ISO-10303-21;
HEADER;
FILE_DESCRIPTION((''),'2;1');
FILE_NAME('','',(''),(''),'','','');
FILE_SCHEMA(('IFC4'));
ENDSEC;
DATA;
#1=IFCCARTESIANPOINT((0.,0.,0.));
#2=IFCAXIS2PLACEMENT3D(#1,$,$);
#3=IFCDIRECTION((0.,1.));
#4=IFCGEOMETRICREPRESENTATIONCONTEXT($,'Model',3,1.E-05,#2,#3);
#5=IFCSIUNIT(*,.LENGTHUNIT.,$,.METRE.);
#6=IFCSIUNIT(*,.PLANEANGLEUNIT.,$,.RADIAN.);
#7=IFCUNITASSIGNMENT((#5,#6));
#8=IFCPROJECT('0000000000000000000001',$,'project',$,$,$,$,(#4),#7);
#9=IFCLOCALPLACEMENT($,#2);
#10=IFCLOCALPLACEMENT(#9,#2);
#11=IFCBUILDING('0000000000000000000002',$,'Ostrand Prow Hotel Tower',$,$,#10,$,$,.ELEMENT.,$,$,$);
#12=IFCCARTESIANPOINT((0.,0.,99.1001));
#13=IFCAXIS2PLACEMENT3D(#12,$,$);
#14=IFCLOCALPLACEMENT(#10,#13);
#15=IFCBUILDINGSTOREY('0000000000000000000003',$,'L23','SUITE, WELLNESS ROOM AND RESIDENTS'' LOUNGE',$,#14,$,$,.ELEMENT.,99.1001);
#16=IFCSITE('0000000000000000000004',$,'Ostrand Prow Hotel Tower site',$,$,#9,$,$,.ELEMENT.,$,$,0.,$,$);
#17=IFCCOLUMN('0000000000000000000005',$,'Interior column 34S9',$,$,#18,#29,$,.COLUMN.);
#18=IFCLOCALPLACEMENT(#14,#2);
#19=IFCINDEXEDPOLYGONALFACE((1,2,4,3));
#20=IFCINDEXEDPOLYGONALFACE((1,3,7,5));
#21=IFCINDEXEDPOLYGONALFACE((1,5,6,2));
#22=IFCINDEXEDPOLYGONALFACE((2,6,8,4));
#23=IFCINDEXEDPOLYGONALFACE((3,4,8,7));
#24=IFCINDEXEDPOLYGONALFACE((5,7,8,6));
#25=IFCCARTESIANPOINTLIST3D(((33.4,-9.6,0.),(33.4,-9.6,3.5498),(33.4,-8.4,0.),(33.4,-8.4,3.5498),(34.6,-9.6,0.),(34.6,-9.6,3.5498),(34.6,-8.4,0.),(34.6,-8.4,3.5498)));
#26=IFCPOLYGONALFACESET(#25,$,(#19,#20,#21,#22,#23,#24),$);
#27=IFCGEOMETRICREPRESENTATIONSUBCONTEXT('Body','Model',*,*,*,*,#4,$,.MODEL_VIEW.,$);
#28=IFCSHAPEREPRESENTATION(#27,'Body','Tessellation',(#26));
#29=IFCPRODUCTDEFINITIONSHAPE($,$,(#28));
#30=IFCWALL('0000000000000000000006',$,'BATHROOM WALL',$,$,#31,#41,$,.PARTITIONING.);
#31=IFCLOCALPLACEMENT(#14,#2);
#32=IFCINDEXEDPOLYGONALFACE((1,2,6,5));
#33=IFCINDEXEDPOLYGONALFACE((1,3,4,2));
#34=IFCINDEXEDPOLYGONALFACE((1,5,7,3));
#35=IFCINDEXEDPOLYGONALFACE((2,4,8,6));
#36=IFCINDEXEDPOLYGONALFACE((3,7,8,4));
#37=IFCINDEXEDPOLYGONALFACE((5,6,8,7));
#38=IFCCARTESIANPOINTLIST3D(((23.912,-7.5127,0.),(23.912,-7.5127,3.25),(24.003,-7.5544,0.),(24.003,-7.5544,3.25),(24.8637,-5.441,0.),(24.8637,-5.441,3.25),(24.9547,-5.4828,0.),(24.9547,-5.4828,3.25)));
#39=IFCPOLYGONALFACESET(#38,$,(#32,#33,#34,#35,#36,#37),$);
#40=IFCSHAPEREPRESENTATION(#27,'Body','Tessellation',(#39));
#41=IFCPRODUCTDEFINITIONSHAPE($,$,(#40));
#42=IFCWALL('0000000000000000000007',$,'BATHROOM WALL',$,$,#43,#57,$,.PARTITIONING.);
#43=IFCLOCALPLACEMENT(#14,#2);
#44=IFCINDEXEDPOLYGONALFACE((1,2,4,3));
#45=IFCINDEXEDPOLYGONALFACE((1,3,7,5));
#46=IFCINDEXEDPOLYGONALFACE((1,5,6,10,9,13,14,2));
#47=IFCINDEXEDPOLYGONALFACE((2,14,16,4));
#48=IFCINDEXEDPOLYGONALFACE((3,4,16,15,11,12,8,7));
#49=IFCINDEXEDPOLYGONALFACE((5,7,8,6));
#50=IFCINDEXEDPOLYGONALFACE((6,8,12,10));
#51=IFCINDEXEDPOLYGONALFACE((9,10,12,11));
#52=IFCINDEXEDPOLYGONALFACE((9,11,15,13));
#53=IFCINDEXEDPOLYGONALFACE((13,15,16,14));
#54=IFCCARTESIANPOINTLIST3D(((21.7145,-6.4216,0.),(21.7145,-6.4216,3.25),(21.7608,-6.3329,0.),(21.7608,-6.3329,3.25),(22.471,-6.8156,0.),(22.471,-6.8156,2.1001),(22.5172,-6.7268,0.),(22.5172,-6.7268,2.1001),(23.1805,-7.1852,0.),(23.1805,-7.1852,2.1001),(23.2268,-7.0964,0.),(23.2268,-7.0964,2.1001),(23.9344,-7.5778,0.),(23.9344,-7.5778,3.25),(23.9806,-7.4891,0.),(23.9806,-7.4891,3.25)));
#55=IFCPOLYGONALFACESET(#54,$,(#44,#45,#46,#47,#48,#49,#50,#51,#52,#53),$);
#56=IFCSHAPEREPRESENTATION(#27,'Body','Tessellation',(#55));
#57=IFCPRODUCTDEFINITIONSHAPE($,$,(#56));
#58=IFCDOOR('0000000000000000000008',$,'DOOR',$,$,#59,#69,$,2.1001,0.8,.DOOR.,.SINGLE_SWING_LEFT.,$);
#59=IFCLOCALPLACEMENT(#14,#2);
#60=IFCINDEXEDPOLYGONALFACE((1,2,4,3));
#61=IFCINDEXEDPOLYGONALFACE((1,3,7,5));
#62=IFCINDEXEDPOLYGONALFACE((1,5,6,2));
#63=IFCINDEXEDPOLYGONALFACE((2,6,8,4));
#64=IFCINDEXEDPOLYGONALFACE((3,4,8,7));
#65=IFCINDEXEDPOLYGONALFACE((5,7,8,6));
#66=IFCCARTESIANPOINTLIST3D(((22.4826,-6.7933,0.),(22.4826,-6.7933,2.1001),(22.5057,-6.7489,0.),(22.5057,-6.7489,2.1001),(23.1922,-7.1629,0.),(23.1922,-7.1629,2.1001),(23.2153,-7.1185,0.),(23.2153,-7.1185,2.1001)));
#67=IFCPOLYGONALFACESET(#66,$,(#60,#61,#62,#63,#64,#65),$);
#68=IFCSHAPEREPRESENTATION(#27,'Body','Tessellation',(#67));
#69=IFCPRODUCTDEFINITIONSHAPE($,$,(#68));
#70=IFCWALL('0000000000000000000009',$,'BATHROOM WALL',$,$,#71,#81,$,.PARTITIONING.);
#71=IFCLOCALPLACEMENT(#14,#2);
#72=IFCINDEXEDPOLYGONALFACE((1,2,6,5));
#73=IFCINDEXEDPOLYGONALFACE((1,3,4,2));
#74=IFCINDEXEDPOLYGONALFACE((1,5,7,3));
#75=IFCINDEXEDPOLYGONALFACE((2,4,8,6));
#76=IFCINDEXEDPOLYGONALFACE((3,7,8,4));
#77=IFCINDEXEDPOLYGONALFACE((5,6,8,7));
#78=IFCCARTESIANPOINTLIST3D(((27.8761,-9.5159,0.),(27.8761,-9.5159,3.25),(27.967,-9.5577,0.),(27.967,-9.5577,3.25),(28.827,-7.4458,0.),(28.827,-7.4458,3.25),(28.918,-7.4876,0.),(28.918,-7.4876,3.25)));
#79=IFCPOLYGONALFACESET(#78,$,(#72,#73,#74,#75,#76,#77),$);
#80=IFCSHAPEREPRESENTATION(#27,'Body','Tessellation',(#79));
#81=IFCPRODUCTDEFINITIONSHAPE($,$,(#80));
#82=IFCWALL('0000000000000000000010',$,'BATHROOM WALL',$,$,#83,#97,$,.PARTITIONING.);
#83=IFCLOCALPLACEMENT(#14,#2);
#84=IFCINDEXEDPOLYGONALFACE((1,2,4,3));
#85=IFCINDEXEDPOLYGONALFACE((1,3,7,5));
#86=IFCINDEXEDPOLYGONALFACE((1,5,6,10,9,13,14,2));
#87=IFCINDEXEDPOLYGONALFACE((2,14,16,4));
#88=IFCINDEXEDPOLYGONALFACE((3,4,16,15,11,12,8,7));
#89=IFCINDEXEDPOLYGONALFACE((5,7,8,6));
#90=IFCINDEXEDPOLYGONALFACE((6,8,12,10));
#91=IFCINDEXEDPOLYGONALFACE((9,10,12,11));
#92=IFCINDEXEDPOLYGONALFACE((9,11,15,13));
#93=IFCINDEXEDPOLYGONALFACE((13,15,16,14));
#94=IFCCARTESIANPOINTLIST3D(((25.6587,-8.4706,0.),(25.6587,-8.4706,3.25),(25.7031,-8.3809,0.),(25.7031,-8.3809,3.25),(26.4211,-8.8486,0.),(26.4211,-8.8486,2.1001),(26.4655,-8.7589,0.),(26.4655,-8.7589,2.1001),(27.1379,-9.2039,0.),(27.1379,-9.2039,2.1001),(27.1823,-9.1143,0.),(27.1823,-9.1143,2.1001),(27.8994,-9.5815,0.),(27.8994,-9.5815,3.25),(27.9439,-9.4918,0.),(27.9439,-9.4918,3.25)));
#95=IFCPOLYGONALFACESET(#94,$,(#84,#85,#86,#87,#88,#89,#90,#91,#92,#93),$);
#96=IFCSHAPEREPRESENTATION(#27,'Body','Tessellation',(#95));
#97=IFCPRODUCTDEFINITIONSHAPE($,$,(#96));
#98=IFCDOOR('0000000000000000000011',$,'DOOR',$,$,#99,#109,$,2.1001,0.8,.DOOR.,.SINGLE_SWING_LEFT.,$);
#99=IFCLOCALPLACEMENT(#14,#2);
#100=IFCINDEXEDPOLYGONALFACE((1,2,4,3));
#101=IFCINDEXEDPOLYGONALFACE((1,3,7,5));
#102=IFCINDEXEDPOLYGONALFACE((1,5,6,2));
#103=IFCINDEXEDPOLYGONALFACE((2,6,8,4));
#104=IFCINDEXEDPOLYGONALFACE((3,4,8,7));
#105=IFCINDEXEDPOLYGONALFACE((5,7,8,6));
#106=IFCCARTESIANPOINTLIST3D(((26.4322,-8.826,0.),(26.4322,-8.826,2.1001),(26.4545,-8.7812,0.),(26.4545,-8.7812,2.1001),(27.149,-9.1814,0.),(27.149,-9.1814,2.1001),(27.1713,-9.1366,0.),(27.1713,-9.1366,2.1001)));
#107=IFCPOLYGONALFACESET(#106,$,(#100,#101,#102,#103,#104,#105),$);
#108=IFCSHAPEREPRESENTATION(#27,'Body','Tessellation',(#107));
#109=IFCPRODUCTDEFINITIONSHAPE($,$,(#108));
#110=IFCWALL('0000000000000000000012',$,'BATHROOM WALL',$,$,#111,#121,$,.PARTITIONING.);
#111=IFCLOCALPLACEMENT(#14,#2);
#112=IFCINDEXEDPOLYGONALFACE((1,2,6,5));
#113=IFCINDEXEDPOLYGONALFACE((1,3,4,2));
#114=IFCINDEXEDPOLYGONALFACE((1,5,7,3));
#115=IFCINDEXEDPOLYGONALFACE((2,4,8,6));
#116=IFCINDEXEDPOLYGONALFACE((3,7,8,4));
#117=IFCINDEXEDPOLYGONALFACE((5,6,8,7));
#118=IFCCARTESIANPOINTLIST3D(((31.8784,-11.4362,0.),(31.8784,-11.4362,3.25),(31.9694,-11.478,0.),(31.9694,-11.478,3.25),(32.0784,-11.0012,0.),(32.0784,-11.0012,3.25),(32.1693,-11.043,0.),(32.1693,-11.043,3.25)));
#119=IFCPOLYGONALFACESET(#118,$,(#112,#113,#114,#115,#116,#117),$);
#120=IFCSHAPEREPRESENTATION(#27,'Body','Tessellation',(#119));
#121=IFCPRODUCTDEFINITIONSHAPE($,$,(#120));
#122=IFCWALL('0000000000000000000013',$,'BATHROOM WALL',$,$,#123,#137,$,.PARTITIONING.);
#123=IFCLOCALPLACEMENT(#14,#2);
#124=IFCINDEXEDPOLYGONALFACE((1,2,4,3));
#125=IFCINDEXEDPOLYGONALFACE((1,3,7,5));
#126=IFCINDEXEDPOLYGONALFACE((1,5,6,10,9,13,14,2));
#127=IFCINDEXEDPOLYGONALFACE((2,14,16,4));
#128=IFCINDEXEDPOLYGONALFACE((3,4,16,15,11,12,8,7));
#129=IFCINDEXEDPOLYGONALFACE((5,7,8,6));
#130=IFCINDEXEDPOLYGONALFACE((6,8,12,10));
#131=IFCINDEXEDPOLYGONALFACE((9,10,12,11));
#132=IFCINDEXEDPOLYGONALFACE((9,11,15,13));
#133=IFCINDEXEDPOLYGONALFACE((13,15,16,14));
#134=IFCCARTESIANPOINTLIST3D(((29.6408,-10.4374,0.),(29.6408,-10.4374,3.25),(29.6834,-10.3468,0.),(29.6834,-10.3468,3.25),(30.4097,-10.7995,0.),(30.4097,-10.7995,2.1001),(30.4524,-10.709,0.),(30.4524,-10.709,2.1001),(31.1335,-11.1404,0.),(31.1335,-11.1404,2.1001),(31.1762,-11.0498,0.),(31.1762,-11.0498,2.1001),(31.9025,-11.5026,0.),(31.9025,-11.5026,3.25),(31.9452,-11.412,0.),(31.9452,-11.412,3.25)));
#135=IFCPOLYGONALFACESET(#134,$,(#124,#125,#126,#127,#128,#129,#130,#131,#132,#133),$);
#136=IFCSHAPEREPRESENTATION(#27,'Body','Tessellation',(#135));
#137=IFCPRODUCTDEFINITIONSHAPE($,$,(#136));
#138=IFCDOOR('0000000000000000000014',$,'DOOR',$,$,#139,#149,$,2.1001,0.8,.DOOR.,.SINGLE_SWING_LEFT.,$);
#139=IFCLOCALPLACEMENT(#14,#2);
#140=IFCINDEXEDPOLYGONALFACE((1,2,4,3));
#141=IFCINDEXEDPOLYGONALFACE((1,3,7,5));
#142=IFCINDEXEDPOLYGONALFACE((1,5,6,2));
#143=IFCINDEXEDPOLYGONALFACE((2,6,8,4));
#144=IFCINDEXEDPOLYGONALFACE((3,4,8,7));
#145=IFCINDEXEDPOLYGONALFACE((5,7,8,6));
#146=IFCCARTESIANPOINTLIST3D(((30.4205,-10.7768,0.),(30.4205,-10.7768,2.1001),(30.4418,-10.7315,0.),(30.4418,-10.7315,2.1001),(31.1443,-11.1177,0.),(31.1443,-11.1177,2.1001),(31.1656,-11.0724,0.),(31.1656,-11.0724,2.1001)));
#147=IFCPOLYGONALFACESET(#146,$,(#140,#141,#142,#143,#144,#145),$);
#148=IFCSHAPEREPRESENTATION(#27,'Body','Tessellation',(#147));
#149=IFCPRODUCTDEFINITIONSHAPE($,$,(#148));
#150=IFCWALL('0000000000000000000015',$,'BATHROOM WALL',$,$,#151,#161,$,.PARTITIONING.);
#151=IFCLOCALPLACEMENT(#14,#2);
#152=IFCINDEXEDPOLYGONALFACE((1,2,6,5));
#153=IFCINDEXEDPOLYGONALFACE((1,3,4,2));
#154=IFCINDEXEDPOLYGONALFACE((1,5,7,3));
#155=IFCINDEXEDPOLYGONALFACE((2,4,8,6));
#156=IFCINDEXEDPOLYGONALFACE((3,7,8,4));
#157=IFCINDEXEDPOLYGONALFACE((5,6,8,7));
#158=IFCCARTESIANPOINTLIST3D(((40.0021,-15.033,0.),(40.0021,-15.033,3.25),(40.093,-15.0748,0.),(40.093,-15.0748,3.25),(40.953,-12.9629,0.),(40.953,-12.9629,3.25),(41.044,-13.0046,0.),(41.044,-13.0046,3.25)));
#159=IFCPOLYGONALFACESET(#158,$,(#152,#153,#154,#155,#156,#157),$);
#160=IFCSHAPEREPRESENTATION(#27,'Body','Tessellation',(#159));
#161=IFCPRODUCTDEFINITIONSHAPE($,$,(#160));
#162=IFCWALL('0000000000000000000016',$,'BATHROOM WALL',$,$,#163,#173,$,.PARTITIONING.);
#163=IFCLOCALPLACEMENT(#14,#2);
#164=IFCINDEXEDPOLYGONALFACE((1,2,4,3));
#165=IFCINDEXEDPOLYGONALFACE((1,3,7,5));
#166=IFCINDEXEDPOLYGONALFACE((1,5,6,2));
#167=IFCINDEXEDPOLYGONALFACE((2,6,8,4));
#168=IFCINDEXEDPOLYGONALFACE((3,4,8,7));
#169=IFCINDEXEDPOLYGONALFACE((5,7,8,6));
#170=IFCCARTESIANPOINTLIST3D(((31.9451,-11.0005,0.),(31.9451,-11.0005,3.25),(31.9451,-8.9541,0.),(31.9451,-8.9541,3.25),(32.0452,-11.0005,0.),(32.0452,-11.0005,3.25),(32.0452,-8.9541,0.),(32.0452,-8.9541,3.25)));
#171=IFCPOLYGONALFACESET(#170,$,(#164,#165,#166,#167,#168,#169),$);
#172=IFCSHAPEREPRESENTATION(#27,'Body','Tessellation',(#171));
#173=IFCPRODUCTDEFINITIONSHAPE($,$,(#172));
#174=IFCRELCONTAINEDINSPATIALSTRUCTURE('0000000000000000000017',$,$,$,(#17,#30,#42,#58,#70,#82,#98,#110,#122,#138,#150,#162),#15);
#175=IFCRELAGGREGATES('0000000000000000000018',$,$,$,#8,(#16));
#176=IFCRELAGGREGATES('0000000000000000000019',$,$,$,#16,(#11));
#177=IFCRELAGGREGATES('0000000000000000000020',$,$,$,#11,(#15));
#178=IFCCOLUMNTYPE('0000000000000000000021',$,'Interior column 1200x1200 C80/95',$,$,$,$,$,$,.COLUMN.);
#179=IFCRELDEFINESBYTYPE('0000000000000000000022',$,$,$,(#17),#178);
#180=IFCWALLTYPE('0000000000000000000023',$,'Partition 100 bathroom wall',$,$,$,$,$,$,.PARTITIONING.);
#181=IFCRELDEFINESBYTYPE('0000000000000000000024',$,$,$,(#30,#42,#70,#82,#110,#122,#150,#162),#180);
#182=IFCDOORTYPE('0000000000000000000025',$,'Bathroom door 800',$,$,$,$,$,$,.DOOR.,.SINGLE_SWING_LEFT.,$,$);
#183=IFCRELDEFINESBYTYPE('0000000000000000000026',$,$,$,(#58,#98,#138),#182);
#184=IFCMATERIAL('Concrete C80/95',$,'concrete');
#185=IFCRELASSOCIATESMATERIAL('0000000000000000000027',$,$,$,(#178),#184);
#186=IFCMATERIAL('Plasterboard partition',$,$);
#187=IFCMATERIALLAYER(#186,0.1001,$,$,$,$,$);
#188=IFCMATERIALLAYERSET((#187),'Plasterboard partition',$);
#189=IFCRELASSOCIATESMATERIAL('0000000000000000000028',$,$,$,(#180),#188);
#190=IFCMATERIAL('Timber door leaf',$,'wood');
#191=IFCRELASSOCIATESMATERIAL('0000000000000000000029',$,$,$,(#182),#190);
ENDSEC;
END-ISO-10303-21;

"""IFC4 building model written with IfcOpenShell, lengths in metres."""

from ifc_helpers import new_model, si_unit, direction, frame, frame_2d, origin, origin_2d, place, context, subcontext, project, spatial, rectangle, extrude, material, layer, layer_set, material_profile, profile_set, type_object, element, fill, save


model = new_model("IFC4")

# Units and contexts
model_context = context("Model", 3, precision=1e-05, world=origin(), true_north=direction((0.0, 1.0)))
body_context = subcontext(model_context, "Body", "Model", "MODEL_VIEW")
ifc_project = project(units=[si_unit("LENGTHUNIT", "METRE"), si_unit("PLANEANGLEUNIT", "RADIAN")], contexts=[model_context])

# Site, building, storey
site_placement = place(None, origin())
site = spatial("IfcSite", under=ifc_project, at=site_placement, Name="Ostrand Prow Hotel Tower site", CompositionType="ELEMENT", RefElevation=0.0)
building_placement = place(site_placement, origin())
building = spatial("IfcBuilding", under=site, at=building_placement, Name="Ostrand Prow Hotel Tower", CompositionType="ELEMENT")
storey_placement = place(building_placement, frame((0.0, 0.0, 99.1001)))
storey = spatial("IfcBuildingStorey", under=building, at=storey_placement, Name="L23", Description="SUITE, WELLNESS ROOM AND RESIDENTS' LOUNGE", CompositionType="ELEMENT", Elevation=99.1001)

# Column
ifc_material_1 = material(Name="Concrete C80/95", Category="concrete")
ifc_material_profile = material_profile(ifc_material_1, rectangle(XDim=1.2, YDim=1.2, at=origin_2d()), Name="RC 1200x1200")
ifc_profile_set = profile_set([ifc_material_profile], Name="Concrete C80/95")
column_type = type_object("IfcColumnType", Name="Interior column 1200x1200 C80/95", PredefinedType="COLUMN", material=ifc_profile_set)
column_placement = place(storey_placement, frame((34.0, -9.0, 0.0), z_axis=(0.0, 0.0, 1.0), x_axis=(1.0, 0.0, 0.0)))
element("IfcColumn", 1, at=column_placement, inside=storey, type_object=column_type, Name="Interior column 34S9", PredefinedType="COLUMN", context=body_context, shape_type="SweptSolid", body=[
    extrude(rectangle(XDim=1.2, YDim=1.2, at=origin_2d()), origin(), (0.0, 0.0, 1.0), 3.5498),
])

# Wall
ifc_material_2 = material(Name="Plasterboard partition")
ifc_layer_1 = layer(ifc_material_2, 0.1001)
ifc_layer_set_1 = layer_set([ifc_layer_1], Name="Plasterboard partition")
wall_type_1 = type_object("IfcWallType", Name="Partition 100 bathroom wall", PredefinedType="PARTITIONING", material=ifc_layer_set_1)
wall_1_placement = place(storey_placement, frame((24.9092, -5.4619, 0.0), z_axis=(0.0, 0.0, 1.0), x_axis=(-0.417455, -0.908698, 0.0)))
element("IfcWall", 2, at=wall_1_placement, inside=storey, type_object=wall_type_1, Name="BATHROOM WALL", PredefinedType="PARTITIONING", context=body_context, shape_type="SweptSolid", body=[
    extrude(rectangle(XDim=2.2798, YDim=0.1001, at=frame_2d((1.1399, 0.0))), origin(), (0.0, 0.0, 1.0), 3.25),
])

# Wall, opening, door
wall_2_placement = place(storey_placement, frame((23.9575, -7.5334, 0.0), z_axis=(0.0, 0.0, 1.0), x_axis=(-0.886912, 0.461939, 0.0)))
wall_2 = element("IfcWall", 3, at=wall_2_placement, inside=storey, type_object=wall_type_1, Name="BATHROOM WALL", PredefinedType="PARTITIONING", context=body_context, shape_type="SweptSolid", body=[
    extrude(rectangle(XDim=2.5029, YDim=0.1001, at=frame_2d((1.2515, 0.0))), origin(), (0.0, 0.0, 1.0), 3.25),
])
opening_1_placement = place(wall_2_placement, frame((0.8501, 0.0, 0.0)))
opening_1 = element("IfcOpeningElement", 4, at=opening_1_placement, cuts=wall_2, PredefinedType="OPENING", context=body_context, shape_type="SweptSolid", body=[
    extrude(rectangle(XDim=0.8, YDim=2.1001, at=frame_2d((0.3999, 1.05))), frame((0.0, 0.0601, 0.0), z_axis=(0.0, -1.0, 0.0), x_axis=(1.0, 0.0, 0.0)), (0.0, 0.0, 1.0), 0.1201),
])
ifc_material_3 = material(Name="Timber door leaf", Category="wood")
door_type_1 = type_object("IfcDoorType", Name="Bathroom door 800", OperationType="SINGLE_SWING_LEFT", PredefinedType="DOOR", material=ifc_material_3)
door_1_placement = place(opening_1_placement, origin())
door_1 = element("IfcDoor", 5, at=door_1_placement, inside=storey, type_object=door_type_1, Name="DOOR", OperationType="SINGLE_SWING_LEFT", OverallHeight=2.1001, OverallWidth=0.8, PredefinedType="DOOR", context=body_context, shape_type="SweptSolid", body=[
    extrude(rectangle(XDim=0.8, YDim=2.1001, at=frame_2d((0.3999, 1.05))), frame((0.0, 0.0249, 0.0), z_axis=(0.0, -1.0, 0.0), x_axis=(1.0, 0.0, 0.0)), (0.0, 0.0, 1.0), 0.05),
])
fill(opening_1, door_1)

# Wall
wall_3_placement = place(storey_placement, frame((28.8726, -7.4666, 0.0), z_axis=(0.0, 0.0, 1.0), x_axis=(-0.417433, -0.908708, 0.0)))
element("IfcWall", 6, at=wall_3_placement, inside=storey, type_object=wall_type_1, Name="BATHROOM WALL", PredefinedType="PARTITIONING", context=body_context, shape_type="SweptSolid", body=[
    extrude(rectangle(XDim=2.2781, YDim=0.1001, at=frame_2d((1.1392, 0.0))), origin(), (0.0, 0.0, 1.0), 3.25),
])

# Wall, opening, door
wall_4_placement = place(storey_placement, frame((27.9216, -9.5366, 0.0), z_axis=(0.0, 0.0, 1.0), x_axis=(-0.895945, 0.444165, 0.0)))
wall_4 = element("IfcWall", 7, at=wall_4_placement, inside=storey, type_object=wall_type_1, Name="BATHROOM WALL", PredefinedType="PARTITIONING", context=body_context, shape_type="SweptSolid", body=[
    extrude(rectangle(XDim=2.501, YDim=0.1001, at=frame_2d((1.2505, 0.0))), origin(), (0.0, 0.0, 1.0), 3.25),
])
opening_2_placement = place(wall_4_placement, frame((0.8501, 0.0, 0.0)))
opening_2 = element("IfcOpeningElement", 8, at=opening_2_placement, cuts=wall_4, PredefinedType="OPENING", context=body_context, shape_type="SweptSolid", body=[
    extrude(rectangle(XDim=0.8, YDim=2.1001, at=frame_2d((0.3999, 1.05))), frame((0.0, 0.0601, 0.0), z_axis=(0.0, -1.0, 0.0), x_axis=(1.0, 0.0, 0.0)), (0.0, 0.0, 1.0), 0.1201),
])
door_2_placement = place(opening_2_placement, origin())
door_2 = element("IfcDoor", 9, at=door_2_placement, inside=storey, type_object=door_type_1, Name="DOOR", OperationType="SINGLE_SWING_LEFT", OverallHeight=2.1001, OverallWidth=0.8, PredefinedType="DOOR", context=body_context, shape_type="SweptSolid", body=[
    extrude(rectangle(XDim=0.8, YDim=2.1001, at=frame_2d((0.3999, 1.05))), frame((0.0, 0.0249, 0.0), z_axis=(0.0, -1.0, 0.0), x_axis=(1.0, 0.0, 0.0)), (0.0, 0.0, 1.0), 0.05),
])
fill(opening_2, door_2)

# Wall
wall_5_placement = place(storey_placement, frame((32.1238, -11.0222, 0.0), z_axis=(0.0, 0.0, 1.0), x_axis=(-0.417603, -0.90863, 0.0)))
element("IfcWall", 10, at=wall_5_placement, inside=storey, type_object=wall_type_1, Name="BATHROOM WALL", PredefinedType="PARTITIONING", context=body_context, shape_type="SweptSolid", body=[
    extrude(rectangle(XDim=0.4788, YDim=0.1001, at=frame_2d((0.2393, 0.0))), origin(), (0.0, 0.0, 1.0), 3.25),
])

# Wall, opening, door
wall_6_placement = place(storey_placement, frame((31.9238, -11.4573, 0.0), z_axis=(0.0, 0.0, 1.0), x_axis=(-0.904688, 0.426074, 0.0)))
wall_6 = element("IfcWall", 11, at=wall_6_placement, inside=storey, type_object=wall_type_1, Name="BATHROOM WALL", PredefinedType="PARTITIONING", context=body_context, shape_type="SweptSolid", body=[
    extrude(rectangle(XDim=2.5, YDim=0.1001, at=frame_2d((1.25, 0.0))), origin(), (0.0, 0.0, 1.0), 3.25),
])
opening_3_placement = place(wall_6_placement, frame((0.8501, 0.0, 0.0)))
opening_3 = element("IfcOpeningElement", 12, at=opening_3_placement, cuts=wall_6, PredefinedType="OPENING", context=body_context, shape_type="SweptSolid", body=[
    extrude(rectangle(XDim=0.8, YDim=2.1001, at=frame_2d((0.3999, 1.05))), frame((0.0, 0.0601, 0.0), z_axis=(0.0, -1.0, 0.0), x_axis=(1.0, 0.0, 0.0)), (0.0, 0.0, 1.0), 0.1201),
])
door_3_placement = place(opening_3_placement, origin())
door_3 = element("IfcDoor", 13, at=door_3_placement, inside=storey, type_object=door_type_1, Name="DOOR", OperationType="SINGLE_SWING_LEFT", OverallHeight=2.1001, OverallWidth=0.8, PredefinedType="DOOR", context=body_context, shape_type="SweptSolid", body=[
    extrude(rectangle(XDim=0.8, YDim=2.1001, at=frame_2d((0.3999, 1.05))), frame((0.0, 0.0249, 0.0), z_axis=(0.0, -1.0, 0.0), x_axis=(1.0, 0.0, 0.0)), (0.0, 0.0, 1.0), 0.05),
])
fill(opening_3, door_3)

# Walls
wall_7_placement = place(storey_placement, frame((40.9985, -12.9836, 0.0), z_axis=(0.0, 0.0, 1.0), x_axis=(-0.417433, -0.908708, 0.0)))
element("IfcWall", 14, at=wall_7_placement, inside=storey, type_object=wall_type_1, Name="BATHROOM WALL", PredefinedType="PARTITIONING", context=body_context, shape_type="SweptSolid", body=[
    extrude(rectangle(XDim=2.2781, YDim=0.1001, at=frame_2d((1.1392, 0.0))), origin(), (0.0, 0.0, 1.0), 3.25),
])
wall_8_placement = place(storey_placement, frame((31.9951, -8.9541, 0.0), z_axis=(0.0, 0.0, 1.0), x_axis=(0.0, -1.0, 0.0)))
element("IfcWall", 15, at=wall_8_placement, inside=storey, type_object=wall_type_1, Name="BATHROOM WALL", PredefinedType="PARTITIONING", context=body_context, shape_type="SweptSolid", body=[
    extrude(rectangle(XDim=2.0464, YDim=0.1001, at=frame_2d((1.0232, 0.0))), origin(), (0.0, 0.0, 1.0), 3.25),
])

save(model, "model.ifc")
